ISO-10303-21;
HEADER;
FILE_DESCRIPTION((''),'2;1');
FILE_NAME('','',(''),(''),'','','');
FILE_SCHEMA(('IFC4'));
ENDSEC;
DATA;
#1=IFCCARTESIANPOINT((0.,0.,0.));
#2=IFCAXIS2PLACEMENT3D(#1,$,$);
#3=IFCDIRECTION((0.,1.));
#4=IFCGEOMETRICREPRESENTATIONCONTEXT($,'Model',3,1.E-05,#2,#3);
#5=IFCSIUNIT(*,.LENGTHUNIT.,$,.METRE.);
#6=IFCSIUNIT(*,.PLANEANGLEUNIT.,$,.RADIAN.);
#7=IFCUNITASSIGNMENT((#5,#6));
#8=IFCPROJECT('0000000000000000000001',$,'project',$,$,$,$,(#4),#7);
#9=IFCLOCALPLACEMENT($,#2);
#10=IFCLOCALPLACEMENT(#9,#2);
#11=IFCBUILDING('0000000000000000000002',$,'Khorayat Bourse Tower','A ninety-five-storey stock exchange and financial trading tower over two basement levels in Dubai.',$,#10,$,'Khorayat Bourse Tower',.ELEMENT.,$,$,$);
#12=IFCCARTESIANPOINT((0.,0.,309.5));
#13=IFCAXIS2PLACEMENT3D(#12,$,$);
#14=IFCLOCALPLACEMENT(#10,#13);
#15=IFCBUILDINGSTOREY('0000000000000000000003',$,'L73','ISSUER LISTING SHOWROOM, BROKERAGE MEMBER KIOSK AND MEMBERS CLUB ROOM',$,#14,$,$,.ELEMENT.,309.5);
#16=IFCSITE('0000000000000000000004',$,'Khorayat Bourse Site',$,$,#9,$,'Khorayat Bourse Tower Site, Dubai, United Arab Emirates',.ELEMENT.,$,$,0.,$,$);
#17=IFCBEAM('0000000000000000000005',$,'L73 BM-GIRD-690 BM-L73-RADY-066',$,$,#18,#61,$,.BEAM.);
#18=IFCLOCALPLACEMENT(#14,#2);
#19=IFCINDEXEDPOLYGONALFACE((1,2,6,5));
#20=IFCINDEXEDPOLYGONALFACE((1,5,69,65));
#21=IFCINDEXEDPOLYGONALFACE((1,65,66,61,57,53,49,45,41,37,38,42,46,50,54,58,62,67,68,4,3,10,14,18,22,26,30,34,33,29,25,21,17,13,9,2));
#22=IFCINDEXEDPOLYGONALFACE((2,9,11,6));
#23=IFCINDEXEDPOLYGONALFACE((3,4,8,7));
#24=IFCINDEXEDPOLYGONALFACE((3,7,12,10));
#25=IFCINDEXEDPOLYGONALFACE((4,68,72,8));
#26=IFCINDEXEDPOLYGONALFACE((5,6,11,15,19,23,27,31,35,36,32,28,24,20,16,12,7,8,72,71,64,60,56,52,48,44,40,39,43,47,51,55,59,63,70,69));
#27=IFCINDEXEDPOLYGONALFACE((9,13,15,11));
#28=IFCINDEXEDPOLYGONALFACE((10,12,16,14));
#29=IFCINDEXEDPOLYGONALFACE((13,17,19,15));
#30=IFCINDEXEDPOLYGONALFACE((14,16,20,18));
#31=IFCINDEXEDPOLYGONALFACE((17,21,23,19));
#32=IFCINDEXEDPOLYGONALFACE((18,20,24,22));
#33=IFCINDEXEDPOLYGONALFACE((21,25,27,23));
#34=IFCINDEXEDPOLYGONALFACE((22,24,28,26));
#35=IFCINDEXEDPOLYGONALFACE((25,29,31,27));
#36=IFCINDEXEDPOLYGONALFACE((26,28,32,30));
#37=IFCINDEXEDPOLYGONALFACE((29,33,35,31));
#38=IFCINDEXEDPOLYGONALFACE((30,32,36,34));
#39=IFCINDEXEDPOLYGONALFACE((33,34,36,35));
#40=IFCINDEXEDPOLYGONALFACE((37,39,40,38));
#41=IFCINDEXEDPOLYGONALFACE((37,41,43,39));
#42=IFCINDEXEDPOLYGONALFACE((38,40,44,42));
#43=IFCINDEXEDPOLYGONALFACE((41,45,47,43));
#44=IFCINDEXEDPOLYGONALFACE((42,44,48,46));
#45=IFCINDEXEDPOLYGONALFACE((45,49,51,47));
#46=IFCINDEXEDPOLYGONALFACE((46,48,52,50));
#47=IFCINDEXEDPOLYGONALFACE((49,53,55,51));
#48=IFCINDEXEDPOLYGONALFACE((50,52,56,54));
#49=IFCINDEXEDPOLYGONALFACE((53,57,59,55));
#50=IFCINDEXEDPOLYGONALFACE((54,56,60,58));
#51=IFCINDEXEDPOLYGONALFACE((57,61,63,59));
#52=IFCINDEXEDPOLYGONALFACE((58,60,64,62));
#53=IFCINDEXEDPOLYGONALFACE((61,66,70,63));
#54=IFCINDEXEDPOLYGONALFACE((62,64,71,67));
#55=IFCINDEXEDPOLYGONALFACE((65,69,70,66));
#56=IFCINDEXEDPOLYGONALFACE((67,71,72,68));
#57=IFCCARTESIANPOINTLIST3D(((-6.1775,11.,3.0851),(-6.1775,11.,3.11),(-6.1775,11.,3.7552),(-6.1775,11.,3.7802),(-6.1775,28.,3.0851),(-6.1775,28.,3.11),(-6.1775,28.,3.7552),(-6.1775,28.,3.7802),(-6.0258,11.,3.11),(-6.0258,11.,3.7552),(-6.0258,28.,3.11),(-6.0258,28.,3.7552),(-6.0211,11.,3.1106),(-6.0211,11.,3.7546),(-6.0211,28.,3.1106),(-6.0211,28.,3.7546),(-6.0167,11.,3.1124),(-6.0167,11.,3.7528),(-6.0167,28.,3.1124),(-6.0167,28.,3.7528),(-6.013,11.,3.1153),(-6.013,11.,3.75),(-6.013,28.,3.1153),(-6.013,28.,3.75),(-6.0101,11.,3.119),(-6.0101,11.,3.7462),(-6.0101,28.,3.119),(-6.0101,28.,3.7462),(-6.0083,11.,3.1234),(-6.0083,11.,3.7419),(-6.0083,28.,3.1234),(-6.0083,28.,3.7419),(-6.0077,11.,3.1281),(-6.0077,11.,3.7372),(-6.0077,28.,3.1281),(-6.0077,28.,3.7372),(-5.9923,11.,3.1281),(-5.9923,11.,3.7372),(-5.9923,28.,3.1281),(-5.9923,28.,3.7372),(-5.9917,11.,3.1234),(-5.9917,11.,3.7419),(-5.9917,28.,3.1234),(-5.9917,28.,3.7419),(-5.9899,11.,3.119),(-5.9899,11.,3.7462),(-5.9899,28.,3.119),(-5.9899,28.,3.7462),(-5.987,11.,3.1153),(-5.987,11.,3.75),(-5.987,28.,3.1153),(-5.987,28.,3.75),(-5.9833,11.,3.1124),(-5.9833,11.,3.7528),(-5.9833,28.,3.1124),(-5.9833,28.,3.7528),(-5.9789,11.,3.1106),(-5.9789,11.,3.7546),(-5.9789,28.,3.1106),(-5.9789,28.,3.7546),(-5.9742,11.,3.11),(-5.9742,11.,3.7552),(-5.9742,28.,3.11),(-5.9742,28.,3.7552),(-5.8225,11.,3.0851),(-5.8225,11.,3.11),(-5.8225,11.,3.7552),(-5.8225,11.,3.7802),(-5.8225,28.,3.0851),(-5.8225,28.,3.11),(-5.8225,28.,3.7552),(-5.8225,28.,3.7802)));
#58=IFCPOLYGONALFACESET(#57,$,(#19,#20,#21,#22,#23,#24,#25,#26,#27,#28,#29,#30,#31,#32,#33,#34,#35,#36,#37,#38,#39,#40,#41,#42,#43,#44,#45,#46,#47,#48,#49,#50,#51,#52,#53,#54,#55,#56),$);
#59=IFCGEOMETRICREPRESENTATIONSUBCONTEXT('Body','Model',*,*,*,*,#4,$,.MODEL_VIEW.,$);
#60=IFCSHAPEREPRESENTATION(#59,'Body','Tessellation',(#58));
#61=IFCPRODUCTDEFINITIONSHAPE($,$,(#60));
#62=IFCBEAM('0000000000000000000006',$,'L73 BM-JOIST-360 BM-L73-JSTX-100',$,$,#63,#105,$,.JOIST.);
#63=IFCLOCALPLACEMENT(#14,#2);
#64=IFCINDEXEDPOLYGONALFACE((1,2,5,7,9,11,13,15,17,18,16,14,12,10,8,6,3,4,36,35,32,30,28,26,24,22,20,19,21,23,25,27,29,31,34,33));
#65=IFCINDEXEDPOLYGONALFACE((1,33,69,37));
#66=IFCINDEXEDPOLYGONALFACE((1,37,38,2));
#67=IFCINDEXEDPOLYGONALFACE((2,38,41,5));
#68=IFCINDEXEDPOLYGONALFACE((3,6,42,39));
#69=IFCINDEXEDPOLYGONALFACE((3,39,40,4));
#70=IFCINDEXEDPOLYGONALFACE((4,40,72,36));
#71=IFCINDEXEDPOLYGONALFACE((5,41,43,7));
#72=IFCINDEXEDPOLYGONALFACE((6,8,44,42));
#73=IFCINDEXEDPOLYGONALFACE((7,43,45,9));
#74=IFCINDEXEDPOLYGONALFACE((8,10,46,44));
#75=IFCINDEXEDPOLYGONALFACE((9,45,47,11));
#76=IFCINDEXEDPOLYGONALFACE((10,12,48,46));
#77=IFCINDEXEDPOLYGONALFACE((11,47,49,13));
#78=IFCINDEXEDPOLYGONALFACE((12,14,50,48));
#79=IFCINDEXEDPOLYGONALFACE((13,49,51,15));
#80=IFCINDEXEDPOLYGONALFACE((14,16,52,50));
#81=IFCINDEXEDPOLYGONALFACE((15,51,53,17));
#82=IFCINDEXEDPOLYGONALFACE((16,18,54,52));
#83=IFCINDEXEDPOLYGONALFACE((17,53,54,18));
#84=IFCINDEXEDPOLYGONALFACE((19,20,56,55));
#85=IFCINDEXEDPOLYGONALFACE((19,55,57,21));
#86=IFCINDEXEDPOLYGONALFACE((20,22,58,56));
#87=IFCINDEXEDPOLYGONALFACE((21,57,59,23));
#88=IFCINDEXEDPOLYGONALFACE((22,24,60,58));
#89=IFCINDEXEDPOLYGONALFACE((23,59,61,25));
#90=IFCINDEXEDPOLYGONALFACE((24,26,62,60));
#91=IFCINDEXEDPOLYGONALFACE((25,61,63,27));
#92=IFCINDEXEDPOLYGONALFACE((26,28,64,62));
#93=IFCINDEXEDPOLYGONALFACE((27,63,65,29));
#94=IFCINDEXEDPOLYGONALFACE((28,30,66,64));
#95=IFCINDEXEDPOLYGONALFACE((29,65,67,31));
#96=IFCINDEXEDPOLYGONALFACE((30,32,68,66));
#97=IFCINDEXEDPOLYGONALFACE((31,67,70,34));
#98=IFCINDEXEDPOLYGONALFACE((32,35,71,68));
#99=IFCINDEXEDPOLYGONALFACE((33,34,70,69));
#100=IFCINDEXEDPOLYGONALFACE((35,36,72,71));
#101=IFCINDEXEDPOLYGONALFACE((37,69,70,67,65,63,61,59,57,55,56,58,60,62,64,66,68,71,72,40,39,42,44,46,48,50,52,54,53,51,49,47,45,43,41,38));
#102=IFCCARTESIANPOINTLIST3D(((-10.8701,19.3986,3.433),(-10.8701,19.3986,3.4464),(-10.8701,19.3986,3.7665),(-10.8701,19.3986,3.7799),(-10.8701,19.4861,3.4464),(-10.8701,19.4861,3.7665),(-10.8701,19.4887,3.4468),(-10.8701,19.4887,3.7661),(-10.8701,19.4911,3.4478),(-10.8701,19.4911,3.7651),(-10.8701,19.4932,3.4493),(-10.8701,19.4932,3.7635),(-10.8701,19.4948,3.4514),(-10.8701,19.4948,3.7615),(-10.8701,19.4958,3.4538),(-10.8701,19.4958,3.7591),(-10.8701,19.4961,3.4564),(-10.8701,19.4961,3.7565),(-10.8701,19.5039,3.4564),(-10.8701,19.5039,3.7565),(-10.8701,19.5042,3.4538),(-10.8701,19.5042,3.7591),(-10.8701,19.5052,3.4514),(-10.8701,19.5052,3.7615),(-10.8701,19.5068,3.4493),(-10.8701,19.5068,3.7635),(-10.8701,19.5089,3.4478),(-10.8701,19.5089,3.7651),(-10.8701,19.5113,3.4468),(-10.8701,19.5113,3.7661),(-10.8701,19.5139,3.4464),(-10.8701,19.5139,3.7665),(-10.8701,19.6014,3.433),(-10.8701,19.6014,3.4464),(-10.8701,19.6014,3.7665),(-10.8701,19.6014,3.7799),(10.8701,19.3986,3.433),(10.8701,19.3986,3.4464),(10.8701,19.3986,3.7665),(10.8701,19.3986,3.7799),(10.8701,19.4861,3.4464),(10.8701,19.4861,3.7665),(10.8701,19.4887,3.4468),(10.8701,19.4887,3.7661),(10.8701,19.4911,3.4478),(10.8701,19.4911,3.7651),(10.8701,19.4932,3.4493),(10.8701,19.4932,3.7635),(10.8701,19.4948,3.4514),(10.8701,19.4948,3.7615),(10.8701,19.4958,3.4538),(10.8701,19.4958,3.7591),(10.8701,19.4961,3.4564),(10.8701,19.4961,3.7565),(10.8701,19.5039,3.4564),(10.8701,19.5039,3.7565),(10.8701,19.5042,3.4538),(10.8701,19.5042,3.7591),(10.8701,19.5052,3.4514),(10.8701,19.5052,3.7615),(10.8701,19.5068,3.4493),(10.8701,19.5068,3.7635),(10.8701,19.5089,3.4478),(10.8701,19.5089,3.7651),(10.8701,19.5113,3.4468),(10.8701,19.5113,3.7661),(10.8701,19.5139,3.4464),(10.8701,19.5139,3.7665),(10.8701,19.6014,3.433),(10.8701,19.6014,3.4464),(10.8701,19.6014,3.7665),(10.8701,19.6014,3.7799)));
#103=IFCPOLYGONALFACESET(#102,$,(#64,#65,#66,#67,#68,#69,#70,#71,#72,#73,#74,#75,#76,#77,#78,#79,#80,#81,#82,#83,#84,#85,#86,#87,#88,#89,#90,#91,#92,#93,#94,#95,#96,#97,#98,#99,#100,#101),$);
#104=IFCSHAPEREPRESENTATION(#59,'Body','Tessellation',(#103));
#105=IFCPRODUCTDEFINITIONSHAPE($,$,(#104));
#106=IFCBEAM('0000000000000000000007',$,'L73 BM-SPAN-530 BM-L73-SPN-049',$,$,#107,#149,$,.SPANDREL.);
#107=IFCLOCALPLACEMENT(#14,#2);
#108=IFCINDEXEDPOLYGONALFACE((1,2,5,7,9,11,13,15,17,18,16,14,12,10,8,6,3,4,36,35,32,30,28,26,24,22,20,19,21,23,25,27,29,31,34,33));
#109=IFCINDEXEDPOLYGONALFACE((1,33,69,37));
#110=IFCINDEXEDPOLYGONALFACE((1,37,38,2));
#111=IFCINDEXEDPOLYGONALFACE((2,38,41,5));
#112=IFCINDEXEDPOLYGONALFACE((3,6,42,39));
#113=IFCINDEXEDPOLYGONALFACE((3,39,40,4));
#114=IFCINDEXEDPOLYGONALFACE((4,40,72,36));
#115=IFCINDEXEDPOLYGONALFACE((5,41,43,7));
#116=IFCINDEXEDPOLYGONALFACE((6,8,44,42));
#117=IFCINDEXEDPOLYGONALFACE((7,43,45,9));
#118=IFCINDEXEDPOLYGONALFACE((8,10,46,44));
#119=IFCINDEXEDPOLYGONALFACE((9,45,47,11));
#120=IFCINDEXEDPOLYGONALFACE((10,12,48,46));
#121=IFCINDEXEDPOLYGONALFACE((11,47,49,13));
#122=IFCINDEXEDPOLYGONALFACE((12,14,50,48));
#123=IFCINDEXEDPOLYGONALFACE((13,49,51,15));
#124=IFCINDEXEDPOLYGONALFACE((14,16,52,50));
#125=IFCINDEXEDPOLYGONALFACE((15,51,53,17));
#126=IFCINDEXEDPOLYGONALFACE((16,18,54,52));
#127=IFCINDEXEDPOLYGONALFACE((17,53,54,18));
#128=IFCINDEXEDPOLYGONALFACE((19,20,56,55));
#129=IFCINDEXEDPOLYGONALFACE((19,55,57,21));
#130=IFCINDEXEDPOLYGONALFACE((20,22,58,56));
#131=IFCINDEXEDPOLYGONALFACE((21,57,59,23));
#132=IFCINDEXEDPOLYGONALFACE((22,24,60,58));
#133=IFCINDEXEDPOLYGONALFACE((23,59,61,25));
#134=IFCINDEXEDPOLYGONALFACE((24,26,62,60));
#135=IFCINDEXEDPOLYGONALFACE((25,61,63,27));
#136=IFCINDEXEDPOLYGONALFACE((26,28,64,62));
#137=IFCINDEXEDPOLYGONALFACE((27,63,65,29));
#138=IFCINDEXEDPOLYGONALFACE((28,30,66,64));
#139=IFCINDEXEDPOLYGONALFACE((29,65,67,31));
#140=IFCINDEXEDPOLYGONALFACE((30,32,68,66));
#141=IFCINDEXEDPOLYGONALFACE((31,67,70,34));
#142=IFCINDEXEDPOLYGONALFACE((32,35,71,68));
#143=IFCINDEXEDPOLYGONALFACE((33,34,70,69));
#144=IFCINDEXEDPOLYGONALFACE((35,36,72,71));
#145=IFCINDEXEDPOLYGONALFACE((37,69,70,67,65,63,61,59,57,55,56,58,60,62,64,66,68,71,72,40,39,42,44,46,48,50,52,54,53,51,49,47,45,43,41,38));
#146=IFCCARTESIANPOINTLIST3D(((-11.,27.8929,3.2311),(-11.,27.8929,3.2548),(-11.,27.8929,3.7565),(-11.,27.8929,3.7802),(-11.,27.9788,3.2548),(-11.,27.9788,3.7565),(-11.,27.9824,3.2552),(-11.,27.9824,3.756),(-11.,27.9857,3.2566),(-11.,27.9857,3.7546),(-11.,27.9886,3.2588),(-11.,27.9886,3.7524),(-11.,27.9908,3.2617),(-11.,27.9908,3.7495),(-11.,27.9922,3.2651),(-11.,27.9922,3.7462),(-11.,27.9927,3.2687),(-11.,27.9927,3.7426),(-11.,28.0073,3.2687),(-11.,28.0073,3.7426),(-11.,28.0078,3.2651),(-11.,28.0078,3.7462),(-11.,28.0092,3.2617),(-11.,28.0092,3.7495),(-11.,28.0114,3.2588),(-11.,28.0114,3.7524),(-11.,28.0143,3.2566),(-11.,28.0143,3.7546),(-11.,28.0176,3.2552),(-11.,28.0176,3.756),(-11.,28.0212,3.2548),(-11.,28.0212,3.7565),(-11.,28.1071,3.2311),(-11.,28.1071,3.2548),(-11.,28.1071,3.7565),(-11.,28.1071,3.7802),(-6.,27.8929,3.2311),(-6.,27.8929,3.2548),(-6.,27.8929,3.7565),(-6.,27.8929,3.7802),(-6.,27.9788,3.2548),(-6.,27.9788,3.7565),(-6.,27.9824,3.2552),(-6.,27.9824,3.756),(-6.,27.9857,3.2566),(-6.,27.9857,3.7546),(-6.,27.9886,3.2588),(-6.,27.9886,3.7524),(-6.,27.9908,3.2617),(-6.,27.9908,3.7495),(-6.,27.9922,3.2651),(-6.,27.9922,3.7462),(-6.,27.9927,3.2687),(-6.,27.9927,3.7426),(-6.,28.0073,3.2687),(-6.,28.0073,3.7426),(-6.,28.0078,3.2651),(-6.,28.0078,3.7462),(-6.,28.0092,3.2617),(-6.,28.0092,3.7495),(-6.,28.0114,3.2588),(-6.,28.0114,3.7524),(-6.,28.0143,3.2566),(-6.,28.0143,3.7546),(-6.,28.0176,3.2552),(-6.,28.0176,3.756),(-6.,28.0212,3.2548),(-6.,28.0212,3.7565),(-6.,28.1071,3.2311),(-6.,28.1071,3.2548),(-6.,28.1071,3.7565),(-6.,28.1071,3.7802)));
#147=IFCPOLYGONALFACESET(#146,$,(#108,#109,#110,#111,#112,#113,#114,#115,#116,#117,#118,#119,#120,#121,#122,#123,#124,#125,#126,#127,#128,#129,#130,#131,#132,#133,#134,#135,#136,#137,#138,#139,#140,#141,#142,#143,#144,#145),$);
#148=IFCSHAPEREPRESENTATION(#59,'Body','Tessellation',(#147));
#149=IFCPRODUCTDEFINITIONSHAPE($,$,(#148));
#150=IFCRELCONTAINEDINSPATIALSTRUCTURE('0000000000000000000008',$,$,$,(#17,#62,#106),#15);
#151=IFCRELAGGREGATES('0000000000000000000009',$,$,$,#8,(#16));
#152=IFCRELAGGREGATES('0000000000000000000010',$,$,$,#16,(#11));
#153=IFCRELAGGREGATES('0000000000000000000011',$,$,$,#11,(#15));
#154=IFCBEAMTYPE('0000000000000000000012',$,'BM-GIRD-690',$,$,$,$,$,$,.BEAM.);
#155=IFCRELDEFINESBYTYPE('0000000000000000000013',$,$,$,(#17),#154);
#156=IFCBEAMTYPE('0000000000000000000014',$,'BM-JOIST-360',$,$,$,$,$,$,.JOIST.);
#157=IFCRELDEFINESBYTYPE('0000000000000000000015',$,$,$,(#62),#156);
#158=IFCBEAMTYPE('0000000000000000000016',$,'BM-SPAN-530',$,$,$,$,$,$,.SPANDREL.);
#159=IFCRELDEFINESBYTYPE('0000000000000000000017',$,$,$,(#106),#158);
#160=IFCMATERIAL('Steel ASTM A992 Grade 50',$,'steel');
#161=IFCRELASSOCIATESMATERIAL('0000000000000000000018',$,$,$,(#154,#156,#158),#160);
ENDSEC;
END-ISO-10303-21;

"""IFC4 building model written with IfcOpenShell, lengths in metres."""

from ifc_helpers import new_model, si_unit, direction, frame, origin, origin_2d, place, context, subcontext, project, spatial, i_section, extrude, source, transform, mapped, material, material_profile, profile_set, type_object, element, save


model = new_model("IFC4")

# Units and contexts
model_context = context("Model", 3, precision=1e-05, world=origin(), true_north=direction((0.0, 1.0)))
body_context = subcontext(model_context, "Body", "Model", "MODEL_VIEW")
ifc_project = project(units=[si_unit("LENGTHUNIT", "METRE"), si_unit("PLANEANGLEUNIT", "RADIAN")], contexts=[model_context])

# Site, building, storey
site_placement = place(None, origin())
site = spatial("IfcSite", under=ifc_project, at=site_placement, Name="Khorayat Bourse Site", LongName="Khorayat Bourse Tower Site, Dubai, United Arab Emirates", CompositionType="ELEMENT", RefElevation=0.0)
building_placement = place(site_placement, origin())
building = spatial("IfcBuilding", under=site, at=building_placement, Name="Khorayat Bourse Tower", Description="A ninety-five-storey stock exchange and financial trading tower over two basement levels in Dubai.", LongName="Khorayat Bourse Tower", CompositionType="ELEMENT")
storey_placement = place(building_placement, frame((0.0, 0.0, 309.5)))
storey = spatial("IfcBuildingStorey", under=building, at=storey_placement, Name="L73", Description="ISSUER LISTING SHOWROOM, BROKERAGE MEMBER KIOSK AND MEMBERS CLUB ROOM", CompositionType="ELEMENT", Elevation=309.5)

# Beams
ifc_material_1 = material(Name="Steel ASTM A992 Grade 50", Category="steel")
ifc_material_profile_1 = material_profile(ifc_material_1, i_section(OverallWidth=0.355, OverallDepth=0.6951, WebThickness=0.0154, FlangeThickness=0.0249, FilletRadius=0.0181, at=origin_2d()), Name="W690X217")
ifc_profile_set_1 = profile_set([ifc_material_profile_1], Name="Steel ASTM A992 Grade 50")
beam_type_1 = type_object("IfcBeamType", Name="BM-GIRD-690", PredefinedType="BEAM", material=ifc_profile_set_1)
shared_shape_1 = source(origin(), body_context, "Body", "SweptSolid", [
    extrude(i_section(OverallWidth=0.355, OverallDepth=0.6951, WebThickness=0.0154, FlangeThickness=0.0249, FilletRadius=0.0181, at=origin_2d()), origin(), (0.0, 0.0, 1.0), 17.0),
])
for number, where, z_axis, x_axis, name in (
    (1, (-6.0, 11.0, 3.4326), (0.0, 1.0, 0.0), (-1.0, 0.0, 0.0), "L73 BM-GIRD-690 BM-L73-RADY-066"),
):
    element("IfcBeam", number, at=place(storey_placement, frame(where, z_axis=z_axis, x_axis=x_axis)), inside=storey, type_object=beam_type_1, Name=name, PredefinedType="BEAM", context=body_context, shape_type="MappedRepresentation", body=[
        mapped(shared_shape_1, transform((0.0, 0.0, 0.0), scale=1.0)),
    ])
ifc_material_profile_2 = material_profile(ifc_material_1, i_section(OverallWidth=0.2029, OverallDepth=0.3469, WebThickness=0.0078, FlangeThickness=0.0134, FilletRadius=0.01, at=origin_2d()), Name="W360X64")
ifc_profile_set_2 = profile_set([ifc_material_profile_2], Name="Steel ASTM A992 Grade 50")
beam_type_2 = type_object("IfcBeamType", Name="BM-JOIST-360", PredefinedType="JOIST", material=ifc_profile_set_2)
shared_shape_2 = source(origin(), body_context, "Body", "SweptSolid", [
    extrude(i_section(OverallWidth=0.2029, OverallDepth=0.3469, WebThickness=0.0078, FlangeThickness=0.0134, FilletRadius=0.01, at=origin_2d()), origin(), (0.0, 0.0, 1.0), 21.7402),
])
beam_1_placement = place(storey_placement, frame((-10.8701, 19.5, 3.6064), z_axis=(1.0, 0.0, 0.0), x_axis=(0.0, 1.0, 0.0)))
element("IfcBeam", 2, at=beam_1_placement, inside=storey, type_object=beam_type_2, Name="L73 BM-JOIST-360 BM-L73-JSTX-100", PredefinedType="JOIST", context=body_context, shape_type="MappedRepresentation", body=[
    mapped(shared_shape_2, transform((0.0, 0.0, 0.0), scale=1.0)),
])
ifc_material_profile_3 = material_profile(ifc_material_1, i_section(OverallWidth=0.2141, OverallDepth=0.5491, WebThickness=0.0146, FlangeThickness=0.0237, FilletRadius=0.0139, at=origin_2d()), Name="W530X138")
ifc_profile_set_3 = profile_set([ifc_material_profile_3], Name="Steel ASTM A992 Grade 50")
beam_type_3 = type_object("IfcBeamType", Name="BM-SPAN-530", PredefinedType="SPANDREL", material=ifc_profile_set_3)
shared_shape_3 = source(origin(), body_context, "Body", "SweptSolid", [
    extrude(i_section(OverallWidth=0.2141, OverallDepth=0.5491, WebThickness=0.0146, FlangeThickness=0.0237, FilletRadius=0.0139, at=origin_2d()), origin(), (0.0, 0.0, 1.0), 5.0),
])
beam_2_placement = place(storey_placement, frame((-11.0, 28.0, 3.5056), z_axis=(1.0, 0.0, 0.0), x_axis=(0.0, 1.0, 0.0)))
element("IfcBeam", 3, at=beam_2_placement, inside=storey, type_object=beam_type_3, Name="L73 BM-SPAN-530 BM-L73-SPN-049", PredefinedType="SPANDREL", context=body_context, shape_type="MappedRepresentation", body=[
    mapped(shared_shape_3, transform((0.0, 0.0, 0.0), scale=1.0)),
])

save(model, "model.ifc")
